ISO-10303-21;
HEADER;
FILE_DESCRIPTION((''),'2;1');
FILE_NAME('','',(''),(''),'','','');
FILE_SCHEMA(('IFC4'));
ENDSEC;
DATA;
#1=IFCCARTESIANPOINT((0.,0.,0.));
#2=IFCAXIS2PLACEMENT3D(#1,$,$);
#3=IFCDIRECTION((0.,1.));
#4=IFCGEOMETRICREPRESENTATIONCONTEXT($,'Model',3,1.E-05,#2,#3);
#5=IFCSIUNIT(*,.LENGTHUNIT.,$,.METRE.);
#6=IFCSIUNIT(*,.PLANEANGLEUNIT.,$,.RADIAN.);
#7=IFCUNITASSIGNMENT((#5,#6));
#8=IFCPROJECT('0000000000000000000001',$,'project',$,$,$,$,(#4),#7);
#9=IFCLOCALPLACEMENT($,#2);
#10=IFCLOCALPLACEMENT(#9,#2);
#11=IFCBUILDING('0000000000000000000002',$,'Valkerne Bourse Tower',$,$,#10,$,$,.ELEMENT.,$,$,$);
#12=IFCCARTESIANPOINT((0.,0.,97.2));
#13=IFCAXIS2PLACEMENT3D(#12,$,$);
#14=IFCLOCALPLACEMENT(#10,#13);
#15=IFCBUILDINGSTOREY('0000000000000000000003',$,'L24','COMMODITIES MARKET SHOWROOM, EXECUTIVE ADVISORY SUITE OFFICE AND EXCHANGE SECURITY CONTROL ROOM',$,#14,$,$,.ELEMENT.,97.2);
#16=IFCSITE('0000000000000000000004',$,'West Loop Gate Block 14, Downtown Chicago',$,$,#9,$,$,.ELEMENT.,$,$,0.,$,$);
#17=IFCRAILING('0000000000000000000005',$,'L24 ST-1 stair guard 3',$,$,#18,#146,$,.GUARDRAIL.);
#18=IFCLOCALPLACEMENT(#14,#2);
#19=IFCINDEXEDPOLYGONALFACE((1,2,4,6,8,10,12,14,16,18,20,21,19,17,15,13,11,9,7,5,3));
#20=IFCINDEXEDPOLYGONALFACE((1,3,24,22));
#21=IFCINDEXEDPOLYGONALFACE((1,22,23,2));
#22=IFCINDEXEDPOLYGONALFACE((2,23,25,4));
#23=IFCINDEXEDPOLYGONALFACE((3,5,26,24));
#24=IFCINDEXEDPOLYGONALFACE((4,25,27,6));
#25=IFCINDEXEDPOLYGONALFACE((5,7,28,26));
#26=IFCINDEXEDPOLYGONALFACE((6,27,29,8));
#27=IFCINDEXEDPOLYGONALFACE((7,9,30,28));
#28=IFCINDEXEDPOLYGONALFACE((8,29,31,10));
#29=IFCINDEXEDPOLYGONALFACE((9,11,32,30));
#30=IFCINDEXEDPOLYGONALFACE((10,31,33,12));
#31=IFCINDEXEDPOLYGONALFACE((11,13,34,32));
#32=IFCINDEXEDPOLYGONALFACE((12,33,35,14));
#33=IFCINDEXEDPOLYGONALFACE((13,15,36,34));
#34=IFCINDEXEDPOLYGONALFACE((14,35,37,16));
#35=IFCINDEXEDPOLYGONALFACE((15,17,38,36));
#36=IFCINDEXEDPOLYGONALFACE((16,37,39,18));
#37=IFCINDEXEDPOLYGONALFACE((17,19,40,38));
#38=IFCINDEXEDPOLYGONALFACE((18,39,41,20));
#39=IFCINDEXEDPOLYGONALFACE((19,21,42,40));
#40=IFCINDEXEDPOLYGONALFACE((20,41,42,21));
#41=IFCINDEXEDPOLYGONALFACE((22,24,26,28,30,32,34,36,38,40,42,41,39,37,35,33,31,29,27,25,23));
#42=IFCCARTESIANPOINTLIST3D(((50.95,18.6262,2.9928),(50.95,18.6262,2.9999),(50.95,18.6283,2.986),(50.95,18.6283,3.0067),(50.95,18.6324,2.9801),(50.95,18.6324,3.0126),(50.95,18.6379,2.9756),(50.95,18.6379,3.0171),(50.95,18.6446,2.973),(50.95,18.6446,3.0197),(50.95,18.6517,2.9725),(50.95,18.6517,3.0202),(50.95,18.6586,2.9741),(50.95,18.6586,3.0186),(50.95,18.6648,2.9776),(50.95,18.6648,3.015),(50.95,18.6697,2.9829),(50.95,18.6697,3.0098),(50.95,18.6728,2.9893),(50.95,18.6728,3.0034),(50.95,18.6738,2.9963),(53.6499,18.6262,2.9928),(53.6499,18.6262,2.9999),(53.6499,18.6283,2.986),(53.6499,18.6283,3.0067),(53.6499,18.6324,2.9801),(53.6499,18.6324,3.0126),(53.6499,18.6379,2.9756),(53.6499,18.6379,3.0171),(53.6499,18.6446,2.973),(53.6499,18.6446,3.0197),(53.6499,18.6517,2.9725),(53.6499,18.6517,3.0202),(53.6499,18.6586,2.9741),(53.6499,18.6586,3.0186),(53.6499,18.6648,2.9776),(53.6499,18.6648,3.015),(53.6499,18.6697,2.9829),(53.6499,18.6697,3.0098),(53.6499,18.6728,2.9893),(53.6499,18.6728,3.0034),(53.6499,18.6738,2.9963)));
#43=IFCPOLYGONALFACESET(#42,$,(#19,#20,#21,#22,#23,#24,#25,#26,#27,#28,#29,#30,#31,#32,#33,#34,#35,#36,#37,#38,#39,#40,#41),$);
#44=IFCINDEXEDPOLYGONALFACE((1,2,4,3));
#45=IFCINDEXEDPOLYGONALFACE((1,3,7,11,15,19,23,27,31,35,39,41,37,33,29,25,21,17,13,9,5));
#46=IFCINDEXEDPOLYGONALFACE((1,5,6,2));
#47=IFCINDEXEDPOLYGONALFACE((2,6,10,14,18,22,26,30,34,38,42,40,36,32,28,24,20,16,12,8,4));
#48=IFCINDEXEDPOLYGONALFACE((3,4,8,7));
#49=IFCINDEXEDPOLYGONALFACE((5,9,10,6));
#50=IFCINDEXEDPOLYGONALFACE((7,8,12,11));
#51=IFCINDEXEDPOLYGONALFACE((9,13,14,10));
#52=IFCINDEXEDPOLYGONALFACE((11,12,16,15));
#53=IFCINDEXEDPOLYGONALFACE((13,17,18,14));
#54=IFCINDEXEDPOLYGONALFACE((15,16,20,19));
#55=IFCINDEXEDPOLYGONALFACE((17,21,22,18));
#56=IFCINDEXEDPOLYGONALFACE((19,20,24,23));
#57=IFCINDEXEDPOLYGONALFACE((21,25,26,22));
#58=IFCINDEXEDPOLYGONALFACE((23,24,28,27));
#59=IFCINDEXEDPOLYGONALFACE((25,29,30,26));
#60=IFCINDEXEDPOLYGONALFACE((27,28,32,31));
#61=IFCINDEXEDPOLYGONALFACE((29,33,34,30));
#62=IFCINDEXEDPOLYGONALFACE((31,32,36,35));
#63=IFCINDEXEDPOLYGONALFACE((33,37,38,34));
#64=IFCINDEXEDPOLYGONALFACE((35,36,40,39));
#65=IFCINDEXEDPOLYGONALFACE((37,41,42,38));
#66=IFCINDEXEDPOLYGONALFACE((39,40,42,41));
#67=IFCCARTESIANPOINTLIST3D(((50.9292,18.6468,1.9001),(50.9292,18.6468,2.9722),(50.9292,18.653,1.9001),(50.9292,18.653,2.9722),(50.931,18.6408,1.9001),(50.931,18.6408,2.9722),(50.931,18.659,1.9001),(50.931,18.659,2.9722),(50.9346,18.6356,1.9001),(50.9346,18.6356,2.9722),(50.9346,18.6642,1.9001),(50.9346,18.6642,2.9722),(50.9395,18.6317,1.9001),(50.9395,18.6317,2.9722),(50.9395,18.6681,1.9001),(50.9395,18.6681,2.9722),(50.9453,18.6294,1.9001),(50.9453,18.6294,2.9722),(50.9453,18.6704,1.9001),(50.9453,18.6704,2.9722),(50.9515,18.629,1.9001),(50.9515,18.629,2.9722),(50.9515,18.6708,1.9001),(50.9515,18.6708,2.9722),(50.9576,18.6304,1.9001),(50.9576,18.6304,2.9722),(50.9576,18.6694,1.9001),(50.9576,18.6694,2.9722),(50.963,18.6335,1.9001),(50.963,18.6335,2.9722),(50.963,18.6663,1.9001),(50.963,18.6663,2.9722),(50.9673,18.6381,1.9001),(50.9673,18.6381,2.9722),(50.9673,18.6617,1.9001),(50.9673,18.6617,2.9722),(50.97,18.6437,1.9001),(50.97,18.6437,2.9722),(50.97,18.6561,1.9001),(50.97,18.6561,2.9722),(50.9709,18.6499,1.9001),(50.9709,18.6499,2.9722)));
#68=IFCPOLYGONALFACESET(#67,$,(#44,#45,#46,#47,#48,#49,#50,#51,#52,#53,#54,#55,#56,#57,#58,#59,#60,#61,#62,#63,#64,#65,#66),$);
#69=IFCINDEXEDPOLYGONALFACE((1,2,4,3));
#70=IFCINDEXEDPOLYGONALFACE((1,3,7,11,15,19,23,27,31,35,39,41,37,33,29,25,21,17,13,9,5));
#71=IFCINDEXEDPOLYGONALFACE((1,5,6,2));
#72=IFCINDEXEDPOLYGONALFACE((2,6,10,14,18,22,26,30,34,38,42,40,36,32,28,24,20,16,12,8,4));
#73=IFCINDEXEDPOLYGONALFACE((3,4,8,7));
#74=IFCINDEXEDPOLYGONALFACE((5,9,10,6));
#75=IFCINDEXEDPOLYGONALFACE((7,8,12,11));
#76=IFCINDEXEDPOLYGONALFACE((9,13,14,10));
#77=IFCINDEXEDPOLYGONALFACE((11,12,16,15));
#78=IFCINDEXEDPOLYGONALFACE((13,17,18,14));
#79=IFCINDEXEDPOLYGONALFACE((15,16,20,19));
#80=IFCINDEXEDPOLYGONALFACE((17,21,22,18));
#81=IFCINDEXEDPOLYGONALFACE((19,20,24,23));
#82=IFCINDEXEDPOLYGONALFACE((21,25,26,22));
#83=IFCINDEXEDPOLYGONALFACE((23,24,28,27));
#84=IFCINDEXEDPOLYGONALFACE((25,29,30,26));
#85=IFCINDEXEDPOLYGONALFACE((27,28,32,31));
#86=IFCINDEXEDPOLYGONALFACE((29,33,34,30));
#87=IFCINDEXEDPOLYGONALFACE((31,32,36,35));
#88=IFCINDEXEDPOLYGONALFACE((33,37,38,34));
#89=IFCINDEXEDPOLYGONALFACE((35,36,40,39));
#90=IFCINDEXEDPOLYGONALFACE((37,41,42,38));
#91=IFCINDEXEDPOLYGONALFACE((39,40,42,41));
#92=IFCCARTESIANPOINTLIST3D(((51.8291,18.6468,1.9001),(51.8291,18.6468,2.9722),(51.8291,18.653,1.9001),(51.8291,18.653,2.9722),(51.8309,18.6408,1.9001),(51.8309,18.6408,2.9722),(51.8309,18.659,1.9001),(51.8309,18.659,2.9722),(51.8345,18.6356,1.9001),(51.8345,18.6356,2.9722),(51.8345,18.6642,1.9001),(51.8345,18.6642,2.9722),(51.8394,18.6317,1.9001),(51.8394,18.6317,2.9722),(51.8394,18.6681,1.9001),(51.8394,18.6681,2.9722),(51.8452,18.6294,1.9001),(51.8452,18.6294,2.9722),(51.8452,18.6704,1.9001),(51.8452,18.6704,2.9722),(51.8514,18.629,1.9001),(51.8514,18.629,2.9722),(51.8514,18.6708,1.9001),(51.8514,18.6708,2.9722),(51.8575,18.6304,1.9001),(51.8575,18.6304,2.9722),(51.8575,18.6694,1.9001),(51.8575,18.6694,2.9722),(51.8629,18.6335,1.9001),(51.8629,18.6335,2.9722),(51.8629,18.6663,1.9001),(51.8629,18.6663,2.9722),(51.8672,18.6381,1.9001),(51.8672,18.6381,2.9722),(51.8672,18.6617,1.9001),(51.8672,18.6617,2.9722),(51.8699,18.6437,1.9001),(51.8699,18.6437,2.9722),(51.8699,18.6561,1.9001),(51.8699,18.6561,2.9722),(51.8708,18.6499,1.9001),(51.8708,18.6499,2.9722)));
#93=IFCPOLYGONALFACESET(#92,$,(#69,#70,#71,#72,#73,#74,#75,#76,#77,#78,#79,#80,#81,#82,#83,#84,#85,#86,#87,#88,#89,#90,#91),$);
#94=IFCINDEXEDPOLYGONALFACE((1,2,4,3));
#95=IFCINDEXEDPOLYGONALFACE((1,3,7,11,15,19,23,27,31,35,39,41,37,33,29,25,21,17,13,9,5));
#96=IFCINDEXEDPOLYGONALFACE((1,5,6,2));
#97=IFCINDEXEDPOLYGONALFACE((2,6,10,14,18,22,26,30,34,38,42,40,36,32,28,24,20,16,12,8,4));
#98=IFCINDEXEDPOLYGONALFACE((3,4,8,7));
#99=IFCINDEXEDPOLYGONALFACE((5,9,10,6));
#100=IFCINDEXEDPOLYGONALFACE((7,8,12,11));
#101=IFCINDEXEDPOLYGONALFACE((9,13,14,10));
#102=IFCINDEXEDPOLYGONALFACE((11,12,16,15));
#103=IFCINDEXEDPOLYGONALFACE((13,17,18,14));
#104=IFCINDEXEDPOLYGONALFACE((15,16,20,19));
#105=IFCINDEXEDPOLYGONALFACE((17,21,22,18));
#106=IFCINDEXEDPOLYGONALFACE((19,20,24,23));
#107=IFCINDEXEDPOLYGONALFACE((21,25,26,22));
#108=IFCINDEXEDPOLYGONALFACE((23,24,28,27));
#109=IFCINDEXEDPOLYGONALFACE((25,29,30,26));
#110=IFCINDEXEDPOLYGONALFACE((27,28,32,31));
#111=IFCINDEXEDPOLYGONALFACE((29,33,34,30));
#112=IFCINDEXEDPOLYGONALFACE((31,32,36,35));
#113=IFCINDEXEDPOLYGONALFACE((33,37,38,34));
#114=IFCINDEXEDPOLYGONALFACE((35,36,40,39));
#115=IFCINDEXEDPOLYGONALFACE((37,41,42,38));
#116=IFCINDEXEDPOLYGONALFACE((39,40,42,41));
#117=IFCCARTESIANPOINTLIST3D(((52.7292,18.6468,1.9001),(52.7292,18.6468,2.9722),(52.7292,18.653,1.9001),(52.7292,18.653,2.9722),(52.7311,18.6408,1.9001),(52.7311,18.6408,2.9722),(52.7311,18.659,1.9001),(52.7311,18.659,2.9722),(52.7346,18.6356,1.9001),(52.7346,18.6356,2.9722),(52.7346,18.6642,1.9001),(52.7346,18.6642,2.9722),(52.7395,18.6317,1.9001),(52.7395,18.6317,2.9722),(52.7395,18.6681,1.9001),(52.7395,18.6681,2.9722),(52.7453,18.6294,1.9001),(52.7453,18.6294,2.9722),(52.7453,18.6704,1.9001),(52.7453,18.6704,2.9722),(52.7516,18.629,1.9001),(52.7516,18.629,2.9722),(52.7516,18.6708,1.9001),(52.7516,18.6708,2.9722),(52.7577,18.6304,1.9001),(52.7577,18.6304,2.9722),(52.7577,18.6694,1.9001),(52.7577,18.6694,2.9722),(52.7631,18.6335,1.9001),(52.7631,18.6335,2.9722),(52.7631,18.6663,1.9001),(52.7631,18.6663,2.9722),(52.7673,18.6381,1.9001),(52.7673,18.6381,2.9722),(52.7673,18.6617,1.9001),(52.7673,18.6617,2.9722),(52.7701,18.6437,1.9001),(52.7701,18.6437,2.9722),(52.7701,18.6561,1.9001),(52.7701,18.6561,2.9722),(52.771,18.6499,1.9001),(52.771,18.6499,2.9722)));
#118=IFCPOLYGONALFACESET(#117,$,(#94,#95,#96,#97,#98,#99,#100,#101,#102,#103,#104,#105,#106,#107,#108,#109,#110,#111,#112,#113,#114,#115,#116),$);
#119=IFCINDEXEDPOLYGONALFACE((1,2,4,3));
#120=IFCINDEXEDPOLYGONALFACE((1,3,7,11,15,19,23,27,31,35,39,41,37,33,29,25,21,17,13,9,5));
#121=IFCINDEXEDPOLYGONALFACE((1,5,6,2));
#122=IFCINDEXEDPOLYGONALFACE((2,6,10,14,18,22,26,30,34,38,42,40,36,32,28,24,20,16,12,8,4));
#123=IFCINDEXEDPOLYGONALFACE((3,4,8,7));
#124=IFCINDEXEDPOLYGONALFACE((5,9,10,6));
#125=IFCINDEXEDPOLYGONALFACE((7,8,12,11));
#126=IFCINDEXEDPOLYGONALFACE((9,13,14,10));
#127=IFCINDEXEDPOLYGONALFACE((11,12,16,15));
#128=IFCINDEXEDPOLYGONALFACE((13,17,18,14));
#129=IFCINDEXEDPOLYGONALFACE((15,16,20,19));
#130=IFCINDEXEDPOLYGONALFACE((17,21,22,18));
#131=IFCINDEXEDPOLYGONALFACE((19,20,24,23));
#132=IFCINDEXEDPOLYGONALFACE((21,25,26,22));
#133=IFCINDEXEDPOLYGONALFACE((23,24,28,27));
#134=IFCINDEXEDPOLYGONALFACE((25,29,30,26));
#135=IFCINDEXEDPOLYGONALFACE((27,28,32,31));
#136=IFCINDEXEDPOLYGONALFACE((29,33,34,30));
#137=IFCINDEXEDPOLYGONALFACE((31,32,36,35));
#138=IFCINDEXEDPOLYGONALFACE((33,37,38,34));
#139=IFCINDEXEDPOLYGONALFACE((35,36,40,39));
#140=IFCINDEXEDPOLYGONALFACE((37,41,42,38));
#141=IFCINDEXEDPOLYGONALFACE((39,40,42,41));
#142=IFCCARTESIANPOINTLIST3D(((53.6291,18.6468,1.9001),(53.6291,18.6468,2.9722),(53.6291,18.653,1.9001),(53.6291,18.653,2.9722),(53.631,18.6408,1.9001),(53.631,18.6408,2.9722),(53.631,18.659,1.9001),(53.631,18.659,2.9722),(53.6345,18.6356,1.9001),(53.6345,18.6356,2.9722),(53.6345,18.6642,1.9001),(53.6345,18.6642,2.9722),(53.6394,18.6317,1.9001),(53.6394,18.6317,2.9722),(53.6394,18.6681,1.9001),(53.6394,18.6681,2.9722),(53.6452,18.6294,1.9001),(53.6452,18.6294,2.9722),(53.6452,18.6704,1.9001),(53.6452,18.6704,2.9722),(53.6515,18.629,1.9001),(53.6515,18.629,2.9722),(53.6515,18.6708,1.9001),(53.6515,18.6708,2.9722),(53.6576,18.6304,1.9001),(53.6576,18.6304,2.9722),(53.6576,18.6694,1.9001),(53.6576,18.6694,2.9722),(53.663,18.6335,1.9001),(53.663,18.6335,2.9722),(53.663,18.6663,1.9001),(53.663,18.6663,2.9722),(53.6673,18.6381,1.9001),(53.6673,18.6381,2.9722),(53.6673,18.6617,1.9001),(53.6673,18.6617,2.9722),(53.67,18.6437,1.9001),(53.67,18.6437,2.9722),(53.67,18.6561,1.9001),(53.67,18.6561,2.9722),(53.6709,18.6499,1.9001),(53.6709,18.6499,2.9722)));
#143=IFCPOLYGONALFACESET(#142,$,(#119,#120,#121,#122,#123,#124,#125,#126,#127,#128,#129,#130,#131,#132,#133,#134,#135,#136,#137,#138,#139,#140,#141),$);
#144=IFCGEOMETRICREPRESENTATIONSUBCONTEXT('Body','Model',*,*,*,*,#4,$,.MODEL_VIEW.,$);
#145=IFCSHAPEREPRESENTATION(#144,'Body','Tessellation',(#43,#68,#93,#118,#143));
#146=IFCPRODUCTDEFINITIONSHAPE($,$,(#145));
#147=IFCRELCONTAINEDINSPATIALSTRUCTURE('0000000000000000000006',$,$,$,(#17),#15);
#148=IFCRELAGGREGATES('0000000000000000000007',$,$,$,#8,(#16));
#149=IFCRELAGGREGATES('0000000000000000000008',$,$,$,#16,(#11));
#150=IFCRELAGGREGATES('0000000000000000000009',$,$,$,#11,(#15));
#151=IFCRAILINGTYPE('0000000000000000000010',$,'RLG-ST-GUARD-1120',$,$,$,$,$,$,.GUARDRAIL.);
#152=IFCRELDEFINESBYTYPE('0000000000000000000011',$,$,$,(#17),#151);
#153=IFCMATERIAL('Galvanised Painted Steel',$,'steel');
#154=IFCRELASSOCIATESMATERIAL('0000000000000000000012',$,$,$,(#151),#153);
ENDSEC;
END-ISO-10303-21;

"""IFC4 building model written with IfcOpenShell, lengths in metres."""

from ifc_helpers import new_model, si_unit, direction, frame, origin, origin_2d, place, context, subcontext, project, spatial, circle, extrude, material, type_object, element, save


model = new_model("IFC4")

# Units and contexts
model_context = context("Model", 3, precision=1e-05, world=origin(), true_north=direction((0.0, 1.0)))
body_context = subcontext(model_context, "Body", "Model", "MODEL_VIEW")
ifc_project = project(units=[si_unit("LENGTHUNIT", "METRE"), si_unit("PLANEANGLEUNIT", "RADIAN")], contexts=[model_context])

# Site, building, storey
site_placement = place(None, origin())
site = spatial("IfcSite", under=ifc_project, at=site_placement, Name="West Loop Gate Block 14, Downtown Chicago", CompositionType="ELEMENT", RefElevation=0.0)
building_placement = place(site_placement, origin())
building = spatial("IfcBuilding", under=site, at=building_placement, Name="Valkerne Bourse Tower", CompositionType="ELEMENT")
storey_placement = place(building_placement, frame((0.0, 0.0, 97.2)))
storey = spatial("IfcBuildingStorey", under=building, at=storey_placement, Name="L24", Description="COMMODITIES MARKET SHOWROOM, EXECUTIVE ADVISORY SUITE OFFICE AND EXCHANGE SECURITY CONTROL ROOM", CompositionType="ELEMENT", Elevation=97.2)

# Shared definitions
ifc_material_1 = material(Name="Galvanised Painted Steel", Category="steel")

# Railing
railing_type_1 = type_object("IfcRailingType", Name="RLG-ST-GUARD-1120", PredefinedType="GUARDRAIL", material=ifc_material_1)
for number, where, name in (
    (1, (50.95, 18.6499, 1.9001), "L24 ST-1 stair guard 3"),
):
    element("IfcRailing", number, at=place(storey_placement, frame(where)), inside=storey, type_object=railing_type_1, Name=name, PredefinedType="GUARDRAIL", context=body_context, shape_type="SweptSolid", body=[
        extrude(circle(Radius=0.0239, at=origin_2d()), frame((0.0, 0.0, 1.0962), z_axis=(1.0, 0.0, 0.0), x_axis=(0.0, 1.0, 0.0)), (0.0, 0.0, 1.0), 2.7),
        extrude(circle(Radius=0.021, at=origin_2d()), origin(), (0.0, 0.0, 1.0), 1.072),
        extrude(circle(Radius=0.021, at=origin_2d()), frame((0.8999, 0.0, 0.0)), (0.0, 0.0, 1.0), 1.072),
        extrude(circle(Radius=0.021, at=origin_2d()), frame((1.8, 0.0, 0.0)), (0.0, 0.0, 1.0), 1.072),
        extrude(circle(Radius=0.021, at=origin_2d()), frame((2.7, 0.0, 0.0)), (0.0, 0.0, 1.0), 1.072),
    ])

save(model, "model.ifc")
